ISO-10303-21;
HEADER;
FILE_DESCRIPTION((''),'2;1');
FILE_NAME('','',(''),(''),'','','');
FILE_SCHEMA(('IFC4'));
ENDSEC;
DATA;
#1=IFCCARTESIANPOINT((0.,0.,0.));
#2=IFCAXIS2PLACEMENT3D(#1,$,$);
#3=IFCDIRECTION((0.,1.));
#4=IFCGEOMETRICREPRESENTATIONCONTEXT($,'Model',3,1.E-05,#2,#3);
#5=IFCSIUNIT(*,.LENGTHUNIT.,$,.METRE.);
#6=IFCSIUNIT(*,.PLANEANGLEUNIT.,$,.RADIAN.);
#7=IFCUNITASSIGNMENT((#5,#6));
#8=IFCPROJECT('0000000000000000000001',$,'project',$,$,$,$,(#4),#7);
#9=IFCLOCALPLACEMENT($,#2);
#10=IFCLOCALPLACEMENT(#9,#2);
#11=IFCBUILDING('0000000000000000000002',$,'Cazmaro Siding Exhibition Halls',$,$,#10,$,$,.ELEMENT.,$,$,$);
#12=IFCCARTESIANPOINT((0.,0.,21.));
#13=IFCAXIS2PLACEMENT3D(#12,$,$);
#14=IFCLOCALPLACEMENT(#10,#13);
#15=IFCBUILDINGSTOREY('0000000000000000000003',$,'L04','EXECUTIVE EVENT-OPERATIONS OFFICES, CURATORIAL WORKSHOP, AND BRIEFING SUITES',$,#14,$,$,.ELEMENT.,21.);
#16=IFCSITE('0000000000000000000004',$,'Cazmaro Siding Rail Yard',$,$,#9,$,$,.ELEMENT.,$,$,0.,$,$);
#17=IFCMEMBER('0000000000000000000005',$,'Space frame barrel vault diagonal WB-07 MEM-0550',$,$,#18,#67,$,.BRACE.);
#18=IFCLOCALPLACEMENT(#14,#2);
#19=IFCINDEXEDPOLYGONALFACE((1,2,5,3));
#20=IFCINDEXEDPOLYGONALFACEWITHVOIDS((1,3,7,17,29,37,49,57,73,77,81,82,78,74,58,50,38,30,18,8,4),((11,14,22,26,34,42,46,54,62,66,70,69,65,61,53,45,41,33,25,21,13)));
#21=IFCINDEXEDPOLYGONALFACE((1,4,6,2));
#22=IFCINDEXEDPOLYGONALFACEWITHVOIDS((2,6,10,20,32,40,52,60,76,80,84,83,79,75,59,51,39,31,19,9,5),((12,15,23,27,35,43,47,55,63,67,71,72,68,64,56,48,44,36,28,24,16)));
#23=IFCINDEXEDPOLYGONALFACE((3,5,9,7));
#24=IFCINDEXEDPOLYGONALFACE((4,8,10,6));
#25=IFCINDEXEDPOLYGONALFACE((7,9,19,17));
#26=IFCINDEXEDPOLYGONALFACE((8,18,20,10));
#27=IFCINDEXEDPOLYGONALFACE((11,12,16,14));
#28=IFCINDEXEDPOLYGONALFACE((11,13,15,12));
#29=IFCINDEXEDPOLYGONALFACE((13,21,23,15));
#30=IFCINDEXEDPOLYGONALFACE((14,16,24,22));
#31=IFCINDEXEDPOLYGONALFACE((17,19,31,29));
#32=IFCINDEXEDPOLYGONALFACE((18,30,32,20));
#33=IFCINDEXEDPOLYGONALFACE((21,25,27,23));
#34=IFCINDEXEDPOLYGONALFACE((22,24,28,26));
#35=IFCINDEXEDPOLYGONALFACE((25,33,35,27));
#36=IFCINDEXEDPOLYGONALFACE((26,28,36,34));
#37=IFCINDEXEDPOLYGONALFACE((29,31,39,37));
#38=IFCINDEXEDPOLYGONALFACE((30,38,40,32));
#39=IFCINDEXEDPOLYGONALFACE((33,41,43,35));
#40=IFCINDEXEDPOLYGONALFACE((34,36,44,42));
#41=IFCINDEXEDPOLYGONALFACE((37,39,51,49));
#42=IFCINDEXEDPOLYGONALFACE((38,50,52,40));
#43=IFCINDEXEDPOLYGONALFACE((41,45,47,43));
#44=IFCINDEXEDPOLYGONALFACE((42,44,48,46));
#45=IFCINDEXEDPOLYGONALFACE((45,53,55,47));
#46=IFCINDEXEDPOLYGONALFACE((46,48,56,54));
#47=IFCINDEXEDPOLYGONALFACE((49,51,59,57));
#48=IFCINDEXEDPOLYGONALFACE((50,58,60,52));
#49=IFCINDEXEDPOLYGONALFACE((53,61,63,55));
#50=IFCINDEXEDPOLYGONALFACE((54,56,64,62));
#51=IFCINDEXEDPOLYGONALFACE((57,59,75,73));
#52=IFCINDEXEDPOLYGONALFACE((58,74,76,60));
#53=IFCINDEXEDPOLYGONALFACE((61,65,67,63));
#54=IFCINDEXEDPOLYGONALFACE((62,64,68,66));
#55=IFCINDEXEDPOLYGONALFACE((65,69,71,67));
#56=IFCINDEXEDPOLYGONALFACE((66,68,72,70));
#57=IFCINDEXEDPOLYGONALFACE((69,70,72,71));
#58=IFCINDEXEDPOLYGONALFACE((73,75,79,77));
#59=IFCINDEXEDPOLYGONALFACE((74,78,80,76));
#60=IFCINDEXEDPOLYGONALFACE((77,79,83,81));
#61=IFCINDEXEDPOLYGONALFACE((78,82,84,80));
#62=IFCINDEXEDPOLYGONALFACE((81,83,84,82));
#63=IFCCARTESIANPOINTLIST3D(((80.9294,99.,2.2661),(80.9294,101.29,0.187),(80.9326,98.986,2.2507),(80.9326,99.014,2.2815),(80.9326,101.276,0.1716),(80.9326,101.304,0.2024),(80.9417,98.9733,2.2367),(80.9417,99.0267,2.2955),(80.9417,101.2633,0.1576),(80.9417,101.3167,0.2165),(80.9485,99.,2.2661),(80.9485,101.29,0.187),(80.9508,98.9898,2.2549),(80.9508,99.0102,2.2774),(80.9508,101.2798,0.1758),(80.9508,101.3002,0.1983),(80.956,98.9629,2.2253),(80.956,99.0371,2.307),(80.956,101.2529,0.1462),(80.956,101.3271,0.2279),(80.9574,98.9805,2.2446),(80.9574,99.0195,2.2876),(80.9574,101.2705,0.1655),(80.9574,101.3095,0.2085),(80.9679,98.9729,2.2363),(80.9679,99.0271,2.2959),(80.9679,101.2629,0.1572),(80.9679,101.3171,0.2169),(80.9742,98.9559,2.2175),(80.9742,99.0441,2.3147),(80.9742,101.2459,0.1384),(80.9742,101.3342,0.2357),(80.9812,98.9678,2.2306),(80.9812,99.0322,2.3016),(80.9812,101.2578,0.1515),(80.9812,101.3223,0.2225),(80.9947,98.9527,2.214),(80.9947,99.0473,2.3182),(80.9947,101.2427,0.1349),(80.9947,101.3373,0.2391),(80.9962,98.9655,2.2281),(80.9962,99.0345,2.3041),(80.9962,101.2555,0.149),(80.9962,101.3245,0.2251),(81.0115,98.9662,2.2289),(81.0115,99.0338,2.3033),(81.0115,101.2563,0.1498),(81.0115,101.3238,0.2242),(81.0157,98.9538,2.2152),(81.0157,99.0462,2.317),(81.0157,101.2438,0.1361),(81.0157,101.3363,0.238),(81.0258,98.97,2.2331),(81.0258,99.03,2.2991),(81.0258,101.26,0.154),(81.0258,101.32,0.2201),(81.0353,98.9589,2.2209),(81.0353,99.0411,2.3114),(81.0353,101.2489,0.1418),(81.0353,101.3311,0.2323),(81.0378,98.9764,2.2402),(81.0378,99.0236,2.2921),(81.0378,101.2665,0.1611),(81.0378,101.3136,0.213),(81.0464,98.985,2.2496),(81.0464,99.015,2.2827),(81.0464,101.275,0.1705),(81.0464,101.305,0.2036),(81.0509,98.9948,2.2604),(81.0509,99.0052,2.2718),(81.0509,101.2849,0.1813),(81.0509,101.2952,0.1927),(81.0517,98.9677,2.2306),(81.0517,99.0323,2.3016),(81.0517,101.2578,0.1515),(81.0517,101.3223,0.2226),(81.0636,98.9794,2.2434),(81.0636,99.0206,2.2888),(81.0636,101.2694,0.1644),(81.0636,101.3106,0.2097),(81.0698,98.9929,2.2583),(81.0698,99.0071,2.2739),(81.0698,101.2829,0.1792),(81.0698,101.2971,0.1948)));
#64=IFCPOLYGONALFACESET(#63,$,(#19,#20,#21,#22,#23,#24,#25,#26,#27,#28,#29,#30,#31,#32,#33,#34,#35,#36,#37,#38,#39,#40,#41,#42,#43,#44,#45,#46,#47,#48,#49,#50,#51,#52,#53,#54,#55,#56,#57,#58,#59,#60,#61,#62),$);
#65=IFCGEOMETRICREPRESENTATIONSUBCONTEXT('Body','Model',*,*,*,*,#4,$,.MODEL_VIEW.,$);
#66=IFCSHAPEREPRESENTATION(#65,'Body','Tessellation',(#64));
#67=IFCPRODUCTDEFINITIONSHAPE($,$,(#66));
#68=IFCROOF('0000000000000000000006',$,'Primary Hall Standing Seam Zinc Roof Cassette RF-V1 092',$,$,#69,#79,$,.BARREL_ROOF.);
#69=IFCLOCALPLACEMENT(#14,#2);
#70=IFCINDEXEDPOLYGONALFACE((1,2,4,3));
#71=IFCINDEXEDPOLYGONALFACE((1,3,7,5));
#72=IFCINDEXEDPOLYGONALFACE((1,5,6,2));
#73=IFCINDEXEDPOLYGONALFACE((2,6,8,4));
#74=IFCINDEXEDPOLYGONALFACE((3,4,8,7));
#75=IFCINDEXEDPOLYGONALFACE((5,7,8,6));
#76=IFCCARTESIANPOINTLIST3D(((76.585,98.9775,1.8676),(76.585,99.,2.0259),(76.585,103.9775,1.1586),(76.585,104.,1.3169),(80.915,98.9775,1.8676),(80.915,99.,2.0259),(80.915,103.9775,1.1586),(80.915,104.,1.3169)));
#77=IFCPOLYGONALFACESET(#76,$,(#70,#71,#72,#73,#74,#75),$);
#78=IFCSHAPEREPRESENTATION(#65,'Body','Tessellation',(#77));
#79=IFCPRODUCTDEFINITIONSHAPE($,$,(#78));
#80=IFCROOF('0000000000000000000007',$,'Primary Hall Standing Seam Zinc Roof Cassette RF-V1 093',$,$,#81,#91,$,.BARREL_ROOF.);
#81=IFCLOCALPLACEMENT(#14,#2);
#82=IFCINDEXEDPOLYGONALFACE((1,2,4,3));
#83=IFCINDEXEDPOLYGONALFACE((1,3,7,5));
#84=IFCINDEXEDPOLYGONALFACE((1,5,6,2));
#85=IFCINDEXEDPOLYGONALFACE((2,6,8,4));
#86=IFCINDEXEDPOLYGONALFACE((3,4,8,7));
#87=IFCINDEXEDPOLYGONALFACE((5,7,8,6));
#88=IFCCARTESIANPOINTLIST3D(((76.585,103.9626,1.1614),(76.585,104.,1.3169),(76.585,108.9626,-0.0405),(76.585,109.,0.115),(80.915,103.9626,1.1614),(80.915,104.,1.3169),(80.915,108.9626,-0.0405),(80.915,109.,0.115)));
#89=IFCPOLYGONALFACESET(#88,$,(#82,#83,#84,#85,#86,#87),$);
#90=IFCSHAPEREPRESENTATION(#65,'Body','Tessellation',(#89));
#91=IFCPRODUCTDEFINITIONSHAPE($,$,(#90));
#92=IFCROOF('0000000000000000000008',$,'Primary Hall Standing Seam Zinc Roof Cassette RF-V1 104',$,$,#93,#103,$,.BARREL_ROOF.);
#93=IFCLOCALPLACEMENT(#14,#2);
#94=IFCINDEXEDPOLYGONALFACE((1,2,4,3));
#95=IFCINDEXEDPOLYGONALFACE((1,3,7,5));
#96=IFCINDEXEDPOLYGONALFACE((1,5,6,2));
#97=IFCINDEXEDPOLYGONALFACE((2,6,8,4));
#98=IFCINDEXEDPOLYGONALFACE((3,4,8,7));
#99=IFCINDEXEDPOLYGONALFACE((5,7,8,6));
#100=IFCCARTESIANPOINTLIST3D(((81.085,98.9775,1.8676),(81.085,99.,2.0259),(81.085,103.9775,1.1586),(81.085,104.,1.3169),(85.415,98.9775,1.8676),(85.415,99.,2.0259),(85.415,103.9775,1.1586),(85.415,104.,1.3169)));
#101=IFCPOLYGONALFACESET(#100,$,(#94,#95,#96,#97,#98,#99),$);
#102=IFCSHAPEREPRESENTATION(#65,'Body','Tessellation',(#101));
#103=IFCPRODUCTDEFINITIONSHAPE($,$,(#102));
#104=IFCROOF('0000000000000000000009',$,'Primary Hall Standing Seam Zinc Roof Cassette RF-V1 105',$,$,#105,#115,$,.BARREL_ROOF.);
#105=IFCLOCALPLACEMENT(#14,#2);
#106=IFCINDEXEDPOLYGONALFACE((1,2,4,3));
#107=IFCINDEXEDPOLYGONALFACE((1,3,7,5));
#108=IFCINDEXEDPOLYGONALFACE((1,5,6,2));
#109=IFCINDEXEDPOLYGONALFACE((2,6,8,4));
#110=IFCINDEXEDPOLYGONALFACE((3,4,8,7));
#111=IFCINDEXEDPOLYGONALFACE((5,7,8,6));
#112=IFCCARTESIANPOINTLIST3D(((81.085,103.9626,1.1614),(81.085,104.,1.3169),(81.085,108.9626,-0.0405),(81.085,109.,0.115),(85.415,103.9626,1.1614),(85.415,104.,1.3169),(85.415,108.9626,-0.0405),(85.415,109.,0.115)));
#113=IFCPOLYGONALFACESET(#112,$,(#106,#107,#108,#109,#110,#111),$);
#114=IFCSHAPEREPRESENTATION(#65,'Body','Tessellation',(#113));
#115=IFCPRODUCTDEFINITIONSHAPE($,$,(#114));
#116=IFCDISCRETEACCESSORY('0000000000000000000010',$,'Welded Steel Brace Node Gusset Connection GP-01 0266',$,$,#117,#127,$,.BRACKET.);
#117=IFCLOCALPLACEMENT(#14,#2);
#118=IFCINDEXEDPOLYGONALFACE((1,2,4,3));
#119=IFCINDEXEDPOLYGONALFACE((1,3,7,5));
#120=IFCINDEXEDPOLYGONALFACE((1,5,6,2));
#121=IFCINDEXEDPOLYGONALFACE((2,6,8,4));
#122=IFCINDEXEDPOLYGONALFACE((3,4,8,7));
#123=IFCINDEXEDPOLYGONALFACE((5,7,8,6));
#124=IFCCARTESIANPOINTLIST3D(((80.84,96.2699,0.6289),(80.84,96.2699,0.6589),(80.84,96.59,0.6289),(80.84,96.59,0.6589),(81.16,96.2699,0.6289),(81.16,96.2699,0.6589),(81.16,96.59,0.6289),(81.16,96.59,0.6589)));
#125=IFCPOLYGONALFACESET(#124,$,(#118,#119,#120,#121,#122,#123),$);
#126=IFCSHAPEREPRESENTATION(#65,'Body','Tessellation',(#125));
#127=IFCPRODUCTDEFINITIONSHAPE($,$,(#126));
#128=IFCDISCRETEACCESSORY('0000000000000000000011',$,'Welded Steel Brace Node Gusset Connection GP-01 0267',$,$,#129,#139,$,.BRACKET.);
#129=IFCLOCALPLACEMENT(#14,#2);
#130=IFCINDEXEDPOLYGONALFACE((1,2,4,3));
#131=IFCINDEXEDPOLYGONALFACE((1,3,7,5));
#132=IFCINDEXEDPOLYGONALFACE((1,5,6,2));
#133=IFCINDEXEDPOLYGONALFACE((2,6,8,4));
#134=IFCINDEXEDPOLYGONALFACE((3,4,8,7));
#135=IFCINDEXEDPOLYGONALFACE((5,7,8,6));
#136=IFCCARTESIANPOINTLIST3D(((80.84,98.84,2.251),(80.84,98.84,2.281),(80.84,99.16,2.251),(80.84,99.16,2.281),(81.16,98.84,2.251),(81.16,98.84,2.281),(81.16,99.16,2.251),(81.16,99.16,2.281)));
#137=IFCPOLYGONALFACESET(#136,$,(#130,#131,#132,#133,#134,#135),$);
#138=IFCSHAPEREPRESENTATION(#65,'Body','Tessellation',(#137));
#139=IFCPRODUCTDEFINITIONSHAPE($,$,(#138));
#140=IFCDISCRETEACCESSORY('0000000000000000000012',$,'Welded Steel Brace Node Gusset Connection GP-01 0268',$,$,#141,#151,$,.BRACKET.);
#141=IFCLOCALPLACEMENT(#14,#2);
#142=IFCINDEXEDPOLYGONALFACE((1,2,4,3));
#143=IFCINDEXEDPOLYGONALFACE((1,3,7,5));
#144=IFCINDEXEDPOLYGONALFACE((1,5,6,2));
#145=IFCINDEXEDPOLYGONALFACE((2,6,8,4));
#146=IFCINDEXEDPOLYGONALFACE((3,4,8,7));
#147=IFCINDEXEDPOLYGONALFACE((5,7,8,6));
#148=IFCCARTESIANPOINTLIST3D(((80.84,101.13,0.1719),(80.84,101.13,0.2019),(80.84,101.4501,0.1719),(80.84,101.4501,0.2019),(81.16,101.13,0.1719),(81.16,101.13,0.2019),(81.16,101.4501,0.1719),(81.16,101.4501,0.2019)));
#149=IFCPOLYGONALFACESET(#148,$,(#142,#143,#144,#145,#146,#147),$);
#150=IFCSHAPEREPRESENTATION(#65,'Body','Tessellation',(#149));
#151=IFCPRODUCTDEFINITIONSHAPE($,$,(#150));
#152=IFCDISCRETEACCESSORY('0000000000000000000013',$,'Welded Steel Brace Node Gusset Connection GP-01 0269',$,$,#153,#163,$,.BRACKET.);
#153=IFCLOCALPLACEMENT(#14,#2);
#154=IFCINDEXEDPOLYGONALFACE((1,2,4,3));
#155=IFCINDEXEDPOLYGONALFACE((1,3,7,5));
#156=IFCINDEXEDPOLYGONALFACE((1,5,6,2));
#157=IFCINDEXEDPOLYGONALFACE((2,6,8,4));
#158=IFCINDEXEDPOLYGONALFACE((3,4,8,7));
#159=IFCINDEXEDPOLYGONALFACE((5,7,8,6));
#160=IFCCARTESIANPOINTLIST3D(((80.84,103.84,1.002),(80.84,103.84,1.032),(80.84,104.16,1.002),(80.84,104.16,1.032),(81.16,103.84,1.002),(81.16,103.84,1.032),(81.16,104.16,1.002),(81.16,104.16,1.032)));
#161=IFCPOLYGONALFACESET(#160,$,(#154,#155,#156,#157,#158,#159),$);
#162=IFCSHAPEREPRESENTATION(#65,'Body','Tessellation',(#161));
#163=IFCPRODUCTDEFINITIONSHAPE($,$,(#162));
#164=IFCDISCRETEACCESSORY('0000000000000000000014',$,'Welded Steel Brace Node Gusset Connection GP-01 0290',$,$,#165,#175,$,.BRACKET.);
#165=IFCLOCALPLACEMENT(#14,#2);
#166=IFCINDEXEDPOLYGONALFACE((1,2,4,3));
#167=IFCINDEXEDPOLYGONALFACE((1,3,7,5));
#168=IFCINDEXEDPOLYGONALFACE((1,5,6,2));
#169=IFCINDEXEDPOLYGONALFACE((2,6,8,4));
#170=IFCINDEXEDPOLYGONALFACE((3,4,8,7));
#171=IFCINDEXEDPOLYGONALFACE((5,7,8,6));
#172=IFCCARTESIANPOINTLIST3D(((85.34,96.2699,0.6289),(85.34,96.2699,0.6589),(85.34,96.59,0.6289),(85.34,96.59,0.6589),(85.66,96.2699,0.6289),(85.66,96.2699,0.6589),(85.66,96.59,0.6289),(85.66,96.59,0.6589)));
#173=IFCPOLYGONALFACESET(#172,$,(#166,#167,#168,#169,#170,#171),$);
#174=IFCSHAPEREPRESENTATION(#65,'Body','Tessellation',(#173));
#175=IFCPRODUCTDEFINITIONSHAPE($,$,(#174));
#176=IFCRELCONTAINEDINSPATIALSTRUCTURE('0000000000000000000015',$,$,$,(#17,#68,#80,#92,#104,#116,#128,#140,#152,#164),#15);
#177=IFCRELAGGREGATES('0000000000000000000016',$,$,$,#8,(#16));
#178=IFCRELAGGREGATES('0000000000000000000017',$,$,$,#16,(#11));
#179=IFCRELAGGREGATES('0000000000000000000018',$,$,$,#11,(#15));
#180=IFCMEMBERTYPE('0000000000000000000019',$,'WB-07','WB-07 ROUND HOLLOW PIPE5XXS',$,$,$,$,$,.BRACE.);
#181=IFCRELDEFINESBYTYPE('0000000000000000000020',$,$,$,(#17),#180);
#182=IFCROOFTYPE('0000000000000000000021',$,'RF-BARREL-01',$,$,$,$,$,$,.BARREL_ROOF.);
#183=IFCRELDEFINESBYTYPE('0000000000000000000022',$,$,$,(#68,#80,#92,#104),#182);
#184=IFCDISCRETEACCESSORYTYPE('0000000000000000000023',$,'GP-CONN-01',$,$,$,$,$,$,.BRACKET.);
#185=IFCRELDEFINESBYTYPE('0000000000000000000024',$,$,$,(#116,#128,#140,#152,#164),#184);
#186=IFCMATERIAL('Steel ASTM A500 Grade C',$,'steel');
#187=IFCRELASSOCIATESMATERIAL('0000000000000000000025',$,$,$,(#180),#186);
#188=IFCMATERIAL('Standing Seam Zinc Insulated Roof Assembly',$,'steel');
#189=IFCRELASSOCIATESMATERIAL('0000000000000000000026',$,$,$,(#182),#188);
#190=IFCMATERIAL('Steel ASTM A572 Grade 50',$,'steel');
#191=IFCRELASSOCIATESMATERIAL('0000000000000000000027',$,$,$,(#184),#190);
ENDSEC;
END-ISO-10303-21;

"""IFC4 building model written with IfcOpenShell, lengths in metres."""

from ifc_helpers import new_model, si_unit, direction, frame, origin, origin_2d, place, context, subcontext, project, spatial, polyline, rectangle, hollow_circle, outline, extrude, material, material_profile, profile_set, type_object, element, save


model = new_model("IFC4")

# Units and contexts
model_context = context("Model", 3, precision=1e-05, world=origin(), true_north=direction((0.0, 1.0)))
body_context = subcontext(model_context, "Body", "Model", "MODEL_VIEW")
ifc_project = project(units=[si_unit("LENGTHUNIT", "METRE"), si_unit("PLANEANGLEUNIT", "RADIAN")], contexts=[model_context])

# Site, building, storey
site_placement = place(None, origin())
site = spatial("IfcSite", under=ifc_project, at=site_placement, Name="Cazmaro Siding Rail Yard", CompositionType="ELEMENT", RefElevation=0.0)
building_placement = place(site_placement, origin())
building = spatial("IfcBuilding", under=site, at=building_placement, Name="Cazmaro Siding Exhibition Halls", CompositionType="ELEMENT")
storey_placement = place(building_placement, frame((0.0, 0.0, 21.0)))
storey = spatial("IfcBuildingStorey", under=building, at=storey_placement, Name="L04", Description="EXECUTIVE EVENT-OPERATIONS OFFICES, CURATORIAL WORKSHOP, AND BRIEFING SUITES", CompositionType="ELEMENT", Elevation=21.0)

# Member
ifc_material_1 = material(Name="Steel ASTM A500 Grade C", Category="steel")
ifc_material_profile_1 = material_profile(ifc_material_1, hollow_circle(Radius=0.0706, WallThickness=0.019, at=origin_2d()), Name="PIPE5XXS")
ifc_profile_set_1 = profile_set([ifc_material_profile_1], Name="Steel ASTM A500 Grade C")
member_type_1 = type_object("IfcMemberType", Name="WB-07", Description="WB-07 ROUND HOLLOW PIPE5XXS", PredefinedType="BRACE", material=ifc_profile_set_1)
member_1_placement = place(storey_placement, frame((81.0, 99.0, 2.2661), z_axis=(0.0, 0.740383, -0.672185), x_axis=(-1.0, 0.0, 0.0)))
element("IfcMember", 1, at=member_1_placement, inside=storey, type_object=member_type_1, Name="Space frame barrel vault diagonal WB-07 MEM-0550", PredefinedType="BRACE", context=body_context, shape_type="SweptSolid", body=[
    extrude(hollow_circle(Radius=0.0706, WallThickness=0.019, at=origin_2d()), origin(), (0.0, 0.0, 1.0), 3.093),
])

# Roofs
ifc_material_2 = material(Name="Standing Seam Zinc Insulated Roof Assembly", Category="steel")
roof_type = type_object("IfcRoofType", Name="RF-BARREL-01", PredefinedType="BARREL_ROOF", material=ifc_material_2)
roof_1_placement = place(storey_placement, frame((76.585, 99.0, 2.0259), z_axis=(0.0, 0.140393, 0.990096), x_axis=(1.0, 0.0, 0.0)))
element("IfcRoof", 2, at=roof_1_placement, inside=storey, type_object=roof_type, Name="Primary Hall Standing Seam Zinc Roof Cassette RF-V1 092", PredefinedType="BARREL_ROOF", context=body_context, shape_type="SweptSolid", body=[
    extrude(outline(polyline([(0.0, 0.0), (4.3301, 0.0), (4.3301, 5.05), (0.0, 5.05), (0.0, 0.0)])), origin(), (0.0, 0.0, -1.0), 0.1599),
])
roof_2_placement = place(storey_placement, frame((76.585, 104.0, 1.3169), z_axis=(0.0, 0.233723, 0.972303), x_axis=(1.0, 0.0, 0.0)))
element("IfcRoof", 3, at=roof_2_placement, inside=storey, type_object=roof_type, Name="Primary Hall Standing Seam Zinc Roof Cassette RF-V1 093", PredefinedType="BARREL_ROOF", context=body_context, shape_type="SweptSolid", body=[
    extrude(outline(polyline([(0.0, 0.0), (4.3301, 0.0), (4.3301, 5.1424), (0.0, 5.1424), (0.0, 0.0)])), origin(), (0.0, 0.0, -1.0), 0.1599),
])
roof_3_placement = place(storey_placement, frame((81.085, 99.0, 2.0259), z_axis=(0.0, 0.140393, 0.990096), x_axis=(1.0, 0.0, 0.0)))
element("IfcRoof", 4, at=roof_3_placement, inside=storey, type_object=roof_type, Name="Primary Hall Standing Seam Zinc Roof Cassette RF-V1 104", PredefinedType="BARREL_ROOF", context=body_context, shape_type="SweptSolid", body=[
    extrude(outline(polyline([(0.0, 0.0), (4.3301, 0.0), (4.3301, 5.05), (0.0, 5.05), (0.0, 0.0)])), origin(), (0.0, 0.0, -1.0), 0.1599),
])
roof_4_placement = place(storey_placement, frame((81.085, 104.0, 1.3169), z_axis=(0.0, 0.233723, 0.972303), x_axis=(1.0, 0.0, 0.0)))
element("IfcRoof", 5, at=roof_4_placement, inside=storey, type_object=roof_type, Name="Primary Hall Standing Seam Zinc Roof Cassette RF-V1 105", PredefinedType="BARREL_ROOF", context=body_context, shape_type="SweptSolid", body=[
    extrude(outline(polyline([(0.0, 0.0), (4.3301, 0.0), (4.3301, 5.1424), (0.0, 5.1424), (0.0, 0.0)])), origin(), (0.0, 0.0, -1.0), 0.1599),
])

# Discrete accessories
ifc_material_3 = material(Name="Steel ASTM A572 Grade 50", Category="steel")
discrete_accessory_type = type_object("IfcDiscreteAccessoryType", Name="GP-CONN-01", PredefinedType="BRACKET", material=ifc_material_3)
for number, where, z_axis, x_axis, name in (
    (6, (81.0, 96.4299, 0.6289), (0.0, 0.0, 1.0), (1.0, 0.0, 0.0), "Welded Steel Brace Node Gusset Connection GP-01 0266"),
    (7, (81.0, 99.0, 2.251), (0.0, 0.0, 1.0), (1.0, 0.0, 0.0), "Welded Steel Brace Node Gusset Connection GP-01 0267"),
    (8, (81.0, 101.29, 0.1719), (0.0, 0.0, 1.0), (1.0, 0.0, 0.0), "Welded Steel Brace Node Gusset Connection GP-01 0268"),
    (9, (81.0, 104.0, 1.002), (0.0, 0.0, 1.0), (1.0, 0.0, 0.0), "Welded Steel Brace Node Gusset Connection GP-01 0269"),
    (10, (85.5, 96.4299, 0.6289), (0.0, 0.0, 1.0), (1.0, 0.0, 0.0), "Welded Steel Brace Node Gusset Connection GP-01 0290"),
):
    element("IfcDiscreteAccessory", number, at=place(storey_placement, frame(where, z_axis=z_axis, x_axis=x_axis)), inside=storey, type_object=discrete_accessory_type, Name=name, PredefinedType="BRACKET", context=body_context, shape_type="SweptSolid", body=[
        extrude(rectangle(XDim=0.3201, YDim=0.3201, at=origin_2d()), origin(), (0.0, 0.0, 1.0), 0.03),
    ])

save(model, "model.ifc")
